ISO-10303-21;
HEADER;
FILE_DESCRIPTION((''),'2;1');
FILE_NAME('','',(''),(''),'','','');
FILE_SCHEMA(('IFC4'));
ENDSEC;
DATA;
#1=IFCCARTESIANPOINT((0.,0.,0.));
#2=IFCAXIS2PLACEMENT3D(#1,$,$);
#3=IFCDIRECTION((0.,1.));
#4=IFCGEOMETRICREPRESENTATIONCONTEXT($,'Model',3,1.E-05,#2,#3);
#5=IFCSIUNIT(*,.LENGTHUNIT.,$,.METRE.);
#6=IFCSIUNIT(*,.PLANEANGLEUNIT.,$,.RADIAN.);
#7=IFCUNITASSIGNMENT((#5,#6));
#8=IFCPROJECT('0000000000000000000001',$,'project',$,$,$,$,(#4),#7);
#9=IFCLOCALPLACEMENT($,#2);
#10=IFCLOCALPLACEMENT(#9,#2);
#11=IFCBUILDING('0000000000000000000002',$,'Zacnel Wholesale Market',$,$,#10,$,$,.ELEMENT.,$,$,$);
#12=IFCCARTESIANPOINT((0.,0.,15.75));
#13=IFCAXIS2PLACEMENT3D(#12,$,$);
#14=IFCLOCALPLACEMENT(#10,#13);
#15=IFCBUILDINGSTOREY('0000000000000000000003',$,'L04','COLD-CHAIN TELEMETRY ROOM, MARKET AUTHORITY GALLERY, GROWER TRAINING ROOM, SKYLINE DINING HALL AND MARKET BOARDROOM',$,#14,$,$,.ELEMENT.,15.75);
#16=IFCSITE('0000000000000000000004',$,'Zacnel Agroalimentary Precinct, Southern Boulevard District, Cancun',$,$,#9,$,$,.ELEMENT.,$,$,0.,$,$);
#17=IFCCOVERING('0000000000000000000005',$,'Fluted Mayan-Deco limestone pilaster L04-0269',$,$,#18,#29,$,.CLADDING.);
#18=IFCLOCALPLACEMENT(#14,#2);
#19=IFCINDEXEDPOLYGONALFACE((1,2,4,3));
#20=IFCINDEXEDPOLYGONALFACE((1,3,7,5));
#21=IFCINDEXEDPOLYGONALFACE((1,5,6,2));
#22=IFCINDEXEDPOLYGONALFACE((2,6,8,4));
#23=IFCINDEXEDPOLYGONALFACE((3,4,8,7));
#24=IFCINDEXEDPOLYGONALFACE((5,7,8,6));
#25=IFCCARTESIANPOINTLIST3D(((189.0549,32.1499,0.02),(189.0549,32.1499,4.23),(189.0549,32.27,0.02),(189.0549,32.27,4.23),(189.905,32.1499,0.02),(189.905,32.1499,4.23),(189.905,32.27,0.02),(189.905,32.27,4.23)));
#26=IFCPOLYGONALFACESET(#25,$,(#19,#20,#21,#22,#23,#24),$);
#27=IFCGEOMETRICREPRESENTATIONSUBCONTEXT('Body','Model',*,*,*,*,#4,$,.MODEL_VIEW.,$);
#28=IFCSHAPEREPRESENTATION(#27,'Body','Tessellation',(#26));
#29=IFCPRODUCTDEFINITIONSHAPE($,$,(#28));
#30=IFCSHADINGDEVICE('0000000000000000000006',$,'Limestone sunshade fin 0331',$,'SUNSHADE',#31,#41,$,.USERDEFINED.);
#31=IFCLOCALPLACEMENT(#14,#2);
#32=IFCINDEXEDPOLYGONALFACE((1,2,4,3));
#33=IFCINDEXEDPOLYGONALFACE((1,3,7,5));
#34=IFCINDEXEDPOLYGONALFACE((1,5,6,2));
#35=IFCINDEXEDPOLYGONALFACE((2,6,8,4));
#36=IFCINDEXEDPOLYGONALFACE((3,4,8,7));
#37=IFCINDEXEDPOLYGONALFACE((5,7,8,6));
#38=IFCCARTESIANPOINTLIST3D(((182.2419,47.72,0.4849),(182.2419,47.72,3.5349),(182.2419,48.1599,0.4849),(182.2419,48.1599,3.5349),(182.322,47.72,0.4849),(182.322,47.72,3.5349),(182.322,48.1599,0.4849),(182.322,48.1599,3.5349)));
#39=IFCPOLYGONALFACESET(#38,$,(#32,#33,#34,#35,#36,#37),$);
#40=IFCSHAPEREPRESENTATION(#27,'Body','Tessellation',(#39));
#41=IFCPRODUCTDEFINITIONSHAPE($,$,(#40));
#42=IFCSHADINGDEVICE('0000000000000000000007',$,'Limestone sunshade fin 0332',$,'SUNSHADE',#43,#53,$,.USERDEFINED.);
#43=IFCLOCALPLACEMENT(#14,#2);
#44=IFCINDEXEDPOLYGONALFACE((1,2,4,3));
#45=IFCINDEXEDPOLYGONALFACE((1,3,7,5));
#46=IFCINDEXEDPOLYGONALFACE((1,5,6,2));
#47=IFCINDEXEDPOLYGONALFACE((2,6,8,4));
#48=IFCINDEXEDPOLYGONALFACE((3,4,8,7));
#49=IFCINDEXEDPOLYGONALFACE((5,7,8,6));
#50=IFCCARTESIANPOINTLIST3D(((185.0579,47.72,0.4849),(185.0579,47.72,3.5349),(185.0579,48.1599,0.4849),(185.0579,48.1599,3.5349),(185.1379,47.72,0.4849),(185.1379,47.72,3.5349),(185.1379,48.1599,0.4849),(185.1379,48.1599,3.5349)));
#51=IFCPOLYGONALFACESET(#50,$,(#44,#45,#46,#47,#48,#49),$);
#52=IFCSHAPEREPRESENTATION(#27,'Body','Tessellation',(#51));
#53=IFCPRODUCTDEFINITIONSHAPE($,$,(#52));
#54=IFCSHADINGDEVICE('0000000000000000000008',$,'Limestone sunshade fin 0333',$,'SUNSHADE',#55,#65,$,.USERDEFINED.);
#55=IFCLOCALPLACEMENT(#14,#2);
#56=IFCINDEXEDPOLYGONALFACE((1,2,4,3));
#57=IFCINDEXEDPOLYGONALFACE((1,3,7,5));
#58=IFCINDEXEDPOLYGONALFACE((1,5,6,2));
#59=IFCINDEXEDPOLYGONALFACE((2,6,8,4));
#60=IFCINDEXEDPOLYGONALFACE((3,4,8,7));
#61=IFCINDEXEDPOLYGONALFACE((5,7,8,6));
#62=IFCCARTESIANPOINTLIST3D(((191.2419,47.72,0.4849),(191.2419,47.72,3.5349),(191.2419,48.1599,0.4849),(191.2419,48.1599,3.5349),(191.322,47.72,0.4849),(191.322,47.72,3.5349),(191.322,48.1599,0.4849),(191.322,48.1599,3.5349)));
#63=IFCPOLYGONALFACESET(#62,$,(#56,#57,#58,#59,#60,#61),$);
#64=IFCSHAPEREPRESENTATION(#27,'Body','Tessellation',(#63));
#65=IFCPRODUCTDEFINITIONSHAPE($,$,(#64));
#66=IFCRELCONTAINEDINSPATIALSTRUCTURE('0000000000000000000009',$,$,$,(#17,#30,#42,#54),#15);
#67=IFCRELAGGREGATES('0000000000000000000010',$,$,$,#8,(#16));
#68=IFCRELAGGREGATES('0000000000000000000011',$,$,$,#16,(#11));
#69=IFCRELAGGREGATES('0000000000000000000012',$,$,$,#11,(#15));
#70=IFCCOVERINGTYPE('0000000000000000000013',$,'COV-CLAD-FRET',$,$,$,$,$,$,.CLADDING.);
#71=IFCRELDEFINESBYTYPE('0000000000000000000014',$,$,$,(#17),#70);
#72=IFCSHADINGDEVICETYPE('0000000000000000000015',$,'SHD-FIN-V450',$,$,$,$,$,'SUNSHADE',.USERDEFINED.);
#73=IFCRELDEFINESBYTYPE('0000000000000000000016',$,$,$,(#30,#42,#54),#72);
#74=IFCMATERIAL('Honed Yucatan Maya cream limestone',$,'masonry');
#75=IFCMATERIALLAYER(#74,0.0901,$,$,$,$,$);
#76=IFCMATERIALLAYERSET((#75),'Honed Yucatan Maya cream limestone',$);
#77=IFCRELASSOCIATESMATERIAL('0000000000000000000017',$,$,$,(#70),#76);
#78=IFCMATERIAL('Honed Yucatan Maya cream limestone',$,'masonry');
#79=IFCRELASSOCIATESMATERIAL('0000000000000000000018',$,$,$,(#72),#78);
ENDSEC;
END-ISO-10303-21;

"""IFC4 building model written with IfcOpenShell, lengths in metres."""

from ifc_helpers import new_model, si_unit, direction, frame, origin, origin_2d, place, context, subcontext, project, spatial, rectangle, extrude, material, layer, layer_set, type_object, element, save


model = new_model("IFC4")

# Units and contexts
model_context = context("Model", 3, precision=1e-05, world=origin(), true_north=direction((0.0, 1.0)))
body_context = subcontext(model_context, "Body", "Model", "MODEL_VIEW")
ifc_project = project(units=[si_unit("LENGTHUNIT", "METRE"), si_unit("PLANEANGLEUNIT", "RADIAN")], contexts=[model_context])

# Site, building, storey
site_placement = place(None, origin())
site = spatial("IfcSite", under=ifc_project, at=site_placement, Name="Zacnel Agroalimentary Precinct, Southern Boulevard District, Cancun", CompositionType="ELEMENT", RefElevation=0.0)
building_placement = place(site_placement, origin())
building = spatial("IfcBuilding", under=site, at=building_placement, Name="Zacnel Wholesale Market", CompositionType="ELEMENT")
storey_placement = place(building_placement, frame((0.0, 0.0, 15.75)))
storey = spatial("IfcBuildingStorey", under=building, at=storey_placement, Name="L04", Description="COLD-CHAIN TELEMETRY ROOM, MARKET AUTHORITY GALLERY, GROWER TRAINING ROOM, SKYLINE DINING HALL AND MARKET BOARDROOM", CompositionType="ELEMENT", Elevation=15.75)

# Covering
ifc_material_1 = material(Name="Honed Yucatan Maya cream limestone", Category="masonry")
ifc_layer_1 = layer(ifc_material_1, 0.0901)
ifc_layer_set_1 = layer_set([ifc_layer_1], Name="Honed Yucatan Maya cream limestone")
covering_type = type_object("IfcCoveringType", Name="COV-CLAD-FRET", PredefinedType="CLADDING", material=ifc_layer_set_1)
for number, where, z_axis, x_axis, name in (
    (1, (189.48, 32.21, 0.02), (0.0, 0.0, 1.0), (1.0, 0.0, 0.0), "Fluted Mayan-Deco limestone pilaster L04-0269"),
):
    element("IfcCovering", number, at=place(storey_placement, frame(where, z_axis=z_axis, x_axis=x_axis)), inside=storey, type_object=covering_type, Name=name, PredefinedType="CLADDING", context=body_context, shape_type="SweptSolid", body=[
        extrude(rectangle(XDim=0.8501, YDim=0.1201, at=origin_2d()), origin(), (0.0, 0.0, 1.0), 4.21),
    ])

# Shading devices
ifc_material_2 = material(Name="Honed Yucatan Maya cream limestone", Category="masonry")
shading_device_type = type_object("IfcShadingDeviceType", Name="SHD-FIN-V450", ElementType="SUNSHADE", PredefinedType="USERDEFINED", material=ifc_material_2)
for number, where, z_axis, x_axis, name in (
    (2, (182.282, 47.9399, 0.4849), (0.0, 0.0, 1.0), (1.0, 0.0, 0.0), "Limestone sunshade fin 0331"),
    (3, (185.0979, 47.9399, 0.4849), (0.0, 0.0, 1.0), (1.0, 0.0, 0.0), "Limestone sunshade fin 0332"),
    (4, (191.282, 47.9399, 0.4849), (0.0, 0.0, 1.0), (1.0, 0.0, 0.0), "Limestone sunshade fin 0333"),
):
    element("IfcShadingDevice", number, at=place(storey_placement, frame(where, z_axis=z_axis, x_axis=x_axis)), inside=storey, type_object=shading_device_type, Name=name, ObjectType="SUNSHADE", PredefinedType="USERDEFINED", context=body_context, shape_type="SweptSolid", body=[
        extrude(rectangle(XDim=0.0801, YDim=0.4399, at=origin_2d()), origin(), (0.0, 0.0, 1.0), 3.05),
    ])

save(model, "model.ifc")
